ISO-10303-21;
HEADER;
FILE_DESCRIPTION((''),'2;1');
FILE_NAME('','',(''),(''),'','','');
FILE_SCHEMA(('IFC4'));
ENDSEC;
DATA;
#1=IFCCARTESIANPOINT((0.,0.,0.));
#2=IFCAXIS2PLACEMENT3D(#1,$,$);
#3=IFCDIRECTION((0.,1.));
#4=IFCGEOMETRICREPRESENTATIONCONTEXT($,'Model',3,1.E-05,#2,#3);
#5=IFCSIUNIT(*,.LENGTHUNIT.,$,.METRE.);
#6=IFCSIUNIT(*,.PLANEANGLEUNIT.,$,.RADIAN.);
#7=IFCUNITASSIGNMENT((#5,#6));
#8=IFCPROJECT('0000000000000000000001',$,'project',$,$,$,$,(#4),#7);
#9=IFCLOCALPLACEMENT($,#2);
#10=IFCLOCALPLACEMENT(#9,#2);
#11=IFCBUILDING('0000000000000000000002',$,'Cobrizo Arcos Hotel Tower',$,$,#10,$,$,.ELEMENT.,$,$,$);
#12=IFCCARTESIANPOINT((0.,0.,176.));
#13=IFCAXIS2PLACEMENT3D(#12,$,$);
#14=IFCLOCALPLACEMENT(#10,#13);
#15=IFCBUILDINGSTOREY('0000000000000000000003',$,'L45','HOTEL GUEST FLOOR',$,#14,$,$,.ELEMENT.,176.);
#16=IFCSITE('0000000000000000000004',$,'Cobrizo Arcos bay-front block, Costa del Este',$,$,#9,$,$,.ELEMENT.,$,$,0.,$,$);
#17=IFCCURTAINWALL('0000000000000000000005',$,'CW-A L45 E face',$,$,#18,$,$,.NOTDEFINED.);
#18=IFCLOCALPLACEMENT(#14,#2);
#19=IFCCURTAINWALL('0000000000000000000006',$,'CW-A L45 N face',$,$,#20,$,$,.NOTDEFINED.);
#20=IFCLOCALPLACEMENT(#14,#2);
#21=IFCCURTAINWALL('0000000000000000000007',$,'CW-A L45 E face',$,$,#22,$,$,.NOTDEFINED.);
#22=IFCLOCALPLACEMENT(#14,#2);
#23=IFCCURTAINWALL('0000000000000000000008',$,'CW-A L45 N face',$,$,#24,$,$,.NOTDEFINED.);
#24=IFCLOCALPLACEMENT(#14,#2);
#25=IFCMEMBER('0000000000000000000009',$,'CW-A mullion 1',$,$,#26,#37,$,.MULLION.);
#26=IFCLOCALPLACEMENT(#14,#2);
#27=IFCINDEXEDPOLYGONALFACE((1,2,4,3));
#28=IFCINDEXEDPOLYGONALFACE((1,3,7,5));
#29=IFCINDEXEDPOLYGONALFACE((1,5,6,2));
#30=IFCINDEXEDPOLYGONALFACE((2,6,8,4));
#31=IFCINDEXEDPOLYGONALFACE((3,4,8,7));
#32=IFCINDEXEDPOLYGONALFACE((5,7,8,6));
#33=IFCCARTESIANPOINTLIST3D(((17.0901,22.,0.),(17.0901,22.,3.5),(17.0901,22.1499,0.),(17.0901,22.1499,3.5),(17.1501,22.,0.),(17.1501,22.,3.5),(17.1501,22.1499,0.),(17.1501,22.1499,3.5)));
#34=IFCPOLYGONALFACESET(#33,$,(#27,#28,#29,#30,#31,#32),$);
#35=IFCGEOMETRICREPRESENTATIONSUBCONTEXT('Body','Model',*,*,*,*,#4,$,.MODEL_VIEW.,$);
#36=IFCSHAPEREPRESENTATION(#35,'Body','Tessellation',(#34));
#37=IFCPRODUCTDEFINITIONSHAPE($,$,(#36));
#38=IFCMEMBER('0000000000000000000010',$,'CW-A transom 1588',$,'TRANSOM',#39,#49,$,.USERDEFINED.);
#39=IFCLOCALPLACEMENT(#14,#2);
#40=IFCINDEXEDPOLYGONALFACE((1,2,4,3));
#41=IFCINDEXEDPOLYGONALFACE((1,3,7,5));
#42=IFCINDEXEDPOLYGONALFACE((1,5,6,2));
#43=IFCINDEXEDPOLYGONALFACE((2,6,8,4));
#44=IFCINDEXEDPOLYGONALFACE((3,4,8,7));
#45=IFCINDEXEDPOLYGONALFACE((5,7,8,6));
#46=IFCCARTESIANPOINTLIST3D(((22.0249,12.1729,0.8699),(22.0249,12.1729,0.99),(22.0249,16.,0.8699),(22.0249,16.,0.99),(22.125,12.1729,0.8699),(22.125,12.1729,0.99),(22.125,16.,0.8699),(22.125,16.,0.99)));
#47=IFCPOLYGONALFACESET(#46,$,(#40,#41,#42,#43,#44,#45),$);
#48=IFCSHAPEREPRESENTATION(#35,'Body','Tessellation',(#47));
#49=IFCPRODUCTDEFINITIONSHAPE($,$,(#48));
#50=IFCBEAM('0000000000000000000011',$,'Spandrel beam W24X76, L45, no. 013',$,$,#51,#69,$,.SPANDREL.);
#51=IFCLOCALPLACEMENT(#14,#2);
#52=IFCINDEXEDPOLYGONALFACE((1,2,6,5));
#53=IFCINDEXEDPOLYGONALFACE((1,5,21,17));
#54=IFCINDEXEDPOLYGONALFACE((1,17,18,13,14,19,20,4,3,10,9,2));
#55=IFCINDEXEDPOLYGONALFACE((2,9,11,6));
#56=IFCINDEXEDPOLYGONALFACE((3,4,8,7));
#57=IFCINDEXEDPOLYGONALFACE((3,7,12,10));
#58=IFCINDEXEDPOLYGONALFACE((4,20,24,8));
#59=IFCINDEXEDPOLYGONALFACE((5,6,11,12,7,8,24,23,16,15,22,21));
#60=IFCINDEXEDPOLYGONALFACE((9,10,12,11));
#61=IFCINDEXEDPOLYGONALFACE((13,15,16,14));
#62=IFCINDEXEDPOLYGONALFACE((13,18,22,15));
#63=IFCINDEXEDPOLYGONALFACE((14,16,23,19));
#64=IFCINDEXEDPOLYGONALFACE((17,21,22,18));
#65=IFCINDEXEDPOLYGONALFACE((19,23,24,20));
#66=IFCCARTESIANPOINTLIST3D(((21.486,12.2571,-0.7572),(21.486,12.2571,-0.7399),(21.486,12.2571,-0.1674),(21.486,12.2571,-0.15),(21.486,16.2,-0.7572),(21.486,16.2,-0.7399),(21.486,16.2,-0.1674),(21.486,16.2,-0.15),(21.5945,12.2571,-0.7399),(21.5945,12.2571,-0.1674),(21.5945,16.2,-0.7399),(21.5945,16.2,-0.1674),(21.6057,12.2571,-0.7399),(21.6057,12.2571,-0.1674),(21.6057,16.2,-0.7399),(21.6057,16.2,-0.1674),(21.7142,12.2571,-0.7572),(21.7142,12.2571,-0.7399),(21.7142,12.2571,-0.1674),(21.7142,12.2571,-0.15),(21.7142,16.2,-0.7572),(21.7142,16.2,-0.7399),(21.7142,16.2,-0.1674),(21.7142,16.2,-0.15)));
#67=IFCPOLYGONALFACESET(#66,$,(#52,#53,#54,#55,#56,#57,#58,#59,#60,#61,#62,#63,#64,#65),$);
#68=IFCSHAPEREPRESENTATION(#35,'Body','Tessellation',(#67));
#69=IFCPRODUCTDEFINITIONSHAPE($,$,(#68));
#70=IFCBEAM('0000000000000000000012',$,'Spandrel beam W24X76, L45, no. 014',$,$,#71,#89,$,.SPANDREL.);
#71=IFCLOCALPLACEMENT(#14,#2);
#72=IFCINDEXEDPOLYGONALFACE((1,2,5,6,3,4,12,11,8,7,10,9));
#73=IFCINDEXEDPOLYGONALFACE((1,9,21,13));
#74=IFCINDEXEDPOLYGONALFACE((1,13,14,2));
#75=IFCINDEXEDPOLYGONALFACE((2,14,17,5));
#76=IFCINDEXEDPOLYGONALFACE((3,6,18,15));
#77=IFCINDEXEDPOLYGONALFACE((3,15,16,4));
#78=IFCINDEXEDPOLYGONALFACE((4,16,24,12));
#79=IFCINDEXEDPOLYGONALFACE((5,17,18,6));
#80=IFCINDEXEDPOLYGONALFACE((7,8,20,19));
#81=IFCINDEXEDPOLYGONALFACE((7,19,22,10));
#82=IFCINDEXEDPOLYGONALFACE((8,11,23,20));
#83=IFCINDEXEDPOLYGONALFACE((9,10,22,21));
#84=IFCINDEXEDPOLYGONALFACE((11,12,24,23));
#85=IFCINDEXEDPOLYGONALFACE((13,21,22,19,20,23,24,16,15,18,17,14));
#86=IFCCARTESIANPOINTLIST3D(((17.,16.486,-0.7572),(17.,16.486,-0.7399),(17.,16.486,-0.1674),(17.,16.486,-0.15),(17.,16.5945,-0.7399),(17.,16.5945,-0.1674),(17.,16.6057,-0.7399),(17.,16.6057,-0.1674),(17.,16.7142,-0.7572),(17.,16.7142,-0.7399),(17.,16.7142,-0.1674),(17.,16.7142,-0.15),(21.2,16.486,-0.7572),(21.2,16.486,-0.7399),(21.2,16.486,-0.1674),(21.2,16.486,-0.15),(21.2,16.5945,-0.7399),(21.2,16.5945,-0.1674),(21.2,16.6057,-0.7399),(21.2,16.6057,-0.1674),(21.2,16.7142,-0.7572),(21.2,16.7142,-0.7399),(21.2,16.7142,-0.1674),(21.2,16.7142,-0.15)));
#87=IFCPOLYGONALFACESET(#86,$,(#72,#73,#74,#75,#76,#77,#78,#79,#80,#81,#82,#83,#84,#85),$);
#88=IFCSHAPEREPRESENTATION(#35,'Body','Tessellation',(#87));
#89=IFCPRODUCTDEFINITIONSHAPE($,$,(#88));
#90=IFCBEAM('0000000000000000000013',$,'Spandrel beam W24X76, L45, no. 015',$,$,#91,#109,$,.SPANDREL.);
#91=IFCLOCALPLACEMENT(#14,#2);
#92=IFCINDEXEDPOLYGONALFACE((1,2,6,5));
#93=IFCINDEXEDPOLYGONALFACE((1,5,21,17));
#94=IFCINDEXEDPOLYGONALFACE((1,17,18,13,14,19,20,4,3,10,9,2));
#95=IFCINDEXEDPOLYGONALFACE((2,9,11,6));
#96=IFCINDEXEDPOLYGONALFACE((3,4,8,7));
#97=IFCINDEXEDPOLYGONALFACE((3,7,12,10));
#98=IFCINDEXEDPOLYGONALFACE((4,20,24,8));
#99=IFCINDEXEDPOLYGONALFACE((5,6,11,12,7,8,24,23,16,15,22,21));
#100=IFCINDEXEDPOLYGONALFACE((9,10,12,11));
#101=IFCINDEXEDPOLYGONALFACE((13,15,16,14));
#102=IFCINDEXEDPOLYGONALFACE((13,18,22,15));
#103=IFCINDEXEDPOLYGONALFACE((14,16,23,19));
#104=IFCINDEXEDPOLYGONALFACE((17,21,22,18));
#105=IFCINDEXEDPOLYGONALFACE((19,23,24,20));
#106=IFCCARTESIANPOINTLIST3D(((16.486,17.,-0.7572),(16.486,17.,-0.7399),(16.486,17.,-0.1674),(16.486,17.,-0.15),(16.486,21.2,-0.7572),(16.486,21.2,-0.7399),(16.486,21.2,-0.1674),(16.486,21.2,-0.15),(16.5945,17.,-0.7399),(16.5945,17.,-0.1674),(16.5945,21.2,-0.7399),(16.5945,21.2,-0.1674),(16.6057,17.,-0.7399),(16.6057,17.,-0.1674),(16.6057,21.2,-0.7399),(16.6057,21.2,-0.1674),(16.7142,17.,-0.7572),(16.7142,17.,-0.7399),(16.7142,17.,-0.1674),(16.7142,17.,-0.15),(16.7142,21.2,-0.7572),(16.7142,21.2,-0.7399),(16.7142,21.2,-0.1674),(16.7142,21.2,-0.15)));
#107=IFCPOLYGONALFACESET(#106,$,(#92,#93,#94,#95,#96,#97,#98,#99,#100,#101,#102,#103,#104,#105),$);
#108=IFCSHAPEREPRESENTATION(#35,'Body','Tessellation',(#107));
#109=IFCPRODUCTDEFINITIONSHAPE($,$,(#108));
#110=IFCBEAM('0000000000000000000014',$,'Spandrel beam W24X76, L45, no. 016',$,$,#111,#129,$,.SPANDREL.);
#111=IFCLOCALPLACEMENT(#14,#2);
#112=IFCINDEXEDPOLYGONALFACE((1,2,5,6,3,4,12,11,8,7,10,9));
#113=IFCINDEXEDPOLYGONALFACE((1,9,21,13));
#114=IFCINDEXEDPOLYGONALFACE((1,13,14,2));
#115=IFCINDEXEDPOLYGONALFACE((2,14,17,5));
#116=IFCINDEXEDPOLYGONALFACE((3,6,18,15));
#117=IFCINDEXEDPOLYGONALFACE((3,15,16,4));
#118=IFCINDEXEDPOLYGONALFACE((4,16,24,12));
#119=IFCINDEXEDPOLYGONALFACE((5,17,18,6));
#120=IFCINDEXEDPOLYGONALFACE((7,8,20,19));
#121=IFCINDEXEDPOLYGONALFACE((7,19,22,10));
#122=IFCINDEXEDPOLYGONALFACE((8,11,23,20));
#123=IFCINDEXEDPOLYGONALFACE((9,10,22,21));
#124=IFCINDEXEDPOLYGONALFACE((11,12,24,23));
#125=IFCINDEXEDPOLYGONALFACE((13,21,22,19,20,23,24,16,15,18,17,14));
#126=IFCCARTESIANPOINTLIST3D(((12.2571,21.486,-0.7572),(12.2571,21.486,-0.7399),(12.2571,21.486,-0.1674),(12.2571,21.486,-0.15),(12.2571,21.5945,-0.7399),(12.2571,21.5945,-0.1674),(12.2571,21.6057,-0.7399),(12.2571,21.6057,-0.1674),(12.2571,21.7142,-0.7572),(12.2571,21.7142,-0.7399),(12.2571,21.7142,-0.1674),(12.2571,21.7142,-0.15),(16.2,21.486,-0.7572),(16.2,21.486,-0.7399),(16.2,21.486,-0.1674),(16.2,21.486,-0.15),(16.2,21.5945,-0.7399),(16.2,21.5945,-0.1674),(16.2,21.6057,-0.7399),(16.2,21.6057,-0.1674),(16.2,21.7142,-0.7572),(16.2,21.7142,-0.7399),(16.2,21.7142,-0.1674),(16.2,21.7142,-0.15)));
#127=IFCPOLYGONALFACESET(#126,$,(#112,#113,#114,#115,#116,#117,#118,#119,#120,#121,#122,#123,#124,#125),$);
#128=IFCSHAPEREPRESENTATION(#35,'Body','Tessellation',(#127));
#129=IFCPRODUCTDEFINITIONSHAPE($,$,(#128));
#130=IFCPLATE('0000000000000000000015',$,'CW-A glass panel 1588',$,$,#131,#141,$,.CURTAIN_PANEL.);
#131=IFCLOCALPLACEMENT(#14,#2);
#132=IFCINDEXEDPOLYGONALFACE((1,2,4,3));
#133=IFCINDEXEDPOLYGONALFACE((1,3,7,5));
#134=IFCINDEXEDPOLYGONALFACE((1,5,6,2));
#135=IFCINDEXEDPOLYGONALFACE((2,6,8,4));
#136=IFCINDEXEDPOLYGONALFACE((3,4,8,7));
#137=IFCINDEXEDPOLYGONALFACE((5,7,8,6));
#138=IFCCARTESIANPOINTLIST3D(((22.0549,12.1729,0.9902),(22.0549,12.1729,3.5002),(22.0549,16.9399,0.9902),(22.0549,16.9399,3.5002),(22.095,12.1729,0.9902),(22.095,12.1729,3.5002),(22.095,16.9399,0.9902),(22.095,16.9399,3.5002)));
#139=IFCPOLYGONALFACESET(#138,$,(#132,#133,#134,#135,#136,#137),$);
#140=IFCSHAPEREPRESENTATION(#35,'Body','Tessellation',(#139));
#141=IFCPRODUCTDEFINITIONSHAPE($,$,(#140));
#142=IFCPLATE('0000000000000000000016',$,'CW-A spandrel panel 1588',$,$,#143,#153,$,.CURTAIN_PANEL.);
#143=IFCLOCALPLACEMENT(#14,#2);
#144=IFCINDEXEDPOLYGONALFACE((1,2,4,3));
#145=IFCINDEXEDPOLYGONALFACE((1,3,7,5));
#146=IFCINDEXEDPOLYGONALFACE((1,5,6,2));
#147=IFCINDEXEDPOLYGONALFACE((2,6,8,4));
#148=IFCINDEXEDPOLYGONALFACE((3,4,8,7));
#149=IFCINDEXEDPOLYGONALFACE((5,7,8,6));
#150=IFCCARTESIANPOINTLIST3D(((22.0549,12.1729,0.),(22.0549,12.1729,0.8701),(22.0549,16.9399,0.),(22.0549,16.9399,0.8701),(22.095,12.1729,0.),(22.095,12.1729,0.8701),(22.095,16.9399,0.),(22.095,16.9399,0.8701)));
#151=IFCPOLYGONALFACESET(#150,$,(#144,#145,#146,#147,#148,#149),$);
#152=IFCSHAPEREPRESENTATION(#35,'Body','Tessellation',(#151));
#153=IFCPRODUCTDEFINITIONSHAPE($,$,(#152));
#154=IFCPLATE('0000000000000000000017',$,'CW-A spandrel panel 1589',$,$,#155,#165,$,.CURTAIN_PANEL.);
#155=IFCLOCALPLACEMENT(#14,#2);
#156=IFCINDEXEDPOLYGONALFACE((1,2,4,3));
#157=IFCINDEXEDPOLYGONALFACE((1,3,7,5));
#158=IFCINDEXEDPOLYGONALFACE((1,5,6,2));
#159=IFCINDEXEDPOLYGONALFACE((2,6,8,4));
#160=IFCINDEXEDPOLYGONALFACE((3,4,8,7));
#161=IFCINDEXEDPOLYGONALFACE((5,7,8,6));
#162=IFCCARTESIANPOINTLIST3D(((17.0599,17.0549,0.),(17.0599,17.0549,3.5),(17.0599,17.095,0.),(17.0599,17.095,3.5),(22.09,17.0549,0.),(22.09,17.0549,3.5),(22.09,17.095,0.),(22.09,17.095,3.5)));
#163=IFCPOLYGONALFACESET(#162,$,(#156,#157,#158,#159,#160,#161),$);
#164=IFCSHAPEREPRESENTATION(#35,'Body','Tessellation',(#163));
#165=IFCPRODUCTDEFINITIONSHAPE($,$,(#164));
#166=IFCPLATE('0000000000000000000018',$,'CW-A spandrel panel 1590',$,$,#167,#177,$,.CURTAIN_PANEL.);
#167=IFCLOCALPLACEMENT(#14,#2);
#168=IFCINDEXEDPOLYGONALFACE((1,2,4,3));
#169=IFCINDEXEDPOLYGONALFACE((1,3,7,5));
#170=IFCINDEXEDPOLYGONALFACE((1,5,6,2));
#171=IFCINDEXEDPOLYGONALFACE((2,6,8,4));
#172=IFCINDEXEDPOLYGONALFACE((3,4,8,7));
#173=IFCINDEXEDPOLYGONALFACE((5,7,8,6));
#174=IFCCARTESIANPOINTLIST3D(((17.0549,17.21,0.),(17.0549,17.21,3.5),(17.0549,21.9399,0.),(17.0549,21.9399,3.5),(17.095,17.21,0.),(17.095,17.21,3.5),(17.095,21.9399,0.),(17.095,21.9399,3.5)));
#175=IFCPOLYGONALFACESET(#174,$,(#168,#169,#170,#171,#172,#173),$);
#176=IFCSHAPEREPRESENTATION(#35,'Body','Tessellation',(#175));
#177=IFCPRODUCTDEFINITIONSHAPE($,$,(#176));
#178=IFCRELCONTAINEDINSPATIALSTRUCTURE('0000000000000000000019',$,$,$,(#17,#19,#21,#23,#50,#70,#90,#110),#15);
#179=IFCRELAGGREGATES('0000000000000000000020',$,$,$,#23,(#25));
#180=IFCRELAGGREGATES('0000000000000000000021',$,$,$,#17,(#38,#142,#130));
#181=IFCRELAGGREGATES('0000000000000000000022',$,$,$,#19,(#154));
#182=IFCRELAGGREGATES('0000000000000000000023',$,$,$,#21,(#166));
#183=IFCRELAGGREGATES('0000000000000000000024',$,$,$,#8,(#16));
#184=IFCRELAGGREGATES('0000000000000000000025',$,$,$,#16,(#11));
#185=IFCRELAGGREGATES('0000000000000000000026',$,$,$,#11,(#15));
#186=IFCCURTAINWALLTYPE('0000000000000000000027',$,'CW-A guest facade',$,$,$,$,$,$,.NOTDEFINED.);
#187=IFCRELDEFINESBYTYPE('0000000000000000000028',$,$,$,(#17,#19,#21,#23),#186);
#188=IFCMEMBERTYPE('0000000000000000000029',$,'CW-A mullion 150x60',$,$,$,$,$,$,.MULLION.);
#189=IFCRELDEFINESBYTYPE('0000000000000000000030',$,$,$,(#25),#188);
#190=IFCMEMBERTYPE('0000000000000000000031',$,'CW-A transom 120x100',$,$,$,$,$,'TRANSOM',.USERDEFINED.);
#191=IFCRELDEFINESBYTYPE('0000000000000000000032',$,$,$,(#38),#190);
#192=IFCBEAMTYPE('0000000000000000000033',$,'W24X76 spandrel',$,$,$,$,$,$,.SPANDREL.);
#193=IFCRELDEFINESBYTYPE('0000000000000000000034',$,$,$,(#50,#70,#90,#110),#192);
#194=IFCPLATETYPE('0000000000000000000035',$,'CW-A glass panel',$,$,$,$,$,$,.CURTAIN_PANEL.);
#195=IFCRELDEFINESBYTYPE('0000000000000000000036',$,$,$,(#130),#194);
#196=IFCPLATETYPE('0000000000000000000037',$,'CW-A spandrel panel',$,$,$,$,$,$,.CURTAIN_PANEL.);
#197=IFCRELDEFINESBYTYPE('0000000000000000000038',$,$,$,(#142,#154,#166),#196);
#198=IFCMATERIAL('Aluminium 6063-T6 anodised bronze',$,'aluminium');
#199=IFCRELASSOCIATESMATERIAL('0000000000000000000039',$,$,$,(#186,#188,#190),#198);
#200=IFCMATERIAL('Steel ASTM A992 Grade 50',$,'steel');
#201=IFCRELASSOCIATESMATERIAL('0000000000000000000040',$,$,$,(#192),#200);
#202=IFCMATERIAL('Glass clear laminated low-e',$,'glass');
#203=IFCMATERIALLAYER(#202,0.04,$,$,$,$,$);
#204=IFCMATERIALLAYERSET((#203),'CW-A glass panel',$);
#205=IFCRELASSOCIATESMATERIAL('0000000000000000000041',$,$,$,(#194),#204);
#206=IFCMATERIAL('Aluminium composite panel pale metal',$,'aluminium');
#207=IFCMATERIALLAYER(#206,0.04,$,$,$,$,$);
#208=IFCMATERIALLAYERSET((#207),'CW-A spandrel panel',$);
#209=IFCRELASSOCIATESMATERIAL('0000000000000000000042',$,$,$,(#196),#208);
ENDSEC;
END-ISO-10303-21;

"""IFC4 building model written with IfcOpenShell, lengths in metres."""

from ifc_helpers import new_model, si_unit, direction, frame, origin, origin_2d, place, context, subcontext, project, spatial, rectangle, i_section, extrude, material, layer, layer_set, material_profile, profile_set, type_object, element, aggregate, save


model = new_model("IFC4")

# Units and contexts
model_context = context("Model", 3, precision=1e-05, world=origin(), true_north=direction((0.0, 1.0)))
body_context = subcontext(model_context, "Body", "Model", "MODEL_VIEW")
ifc_project = project(units=[si_unit("LENGTHUNIT", "METRE"), si_unit("PLANEANGLEUNIT", "RADIAN")], contexts=[model_context])

# Site, building, storey
site_placement = place(None, origin())
site = spatial("IfcSite", under=ifc_project, at=site_placement, Name="Cobrizo Arcos bay-front block, Costa del Este", CompositionType="ELEMENT", RefElevation=0.0)
building_placement = place(site_placement, origin())
building = spatial("IfcBuilding", under=site, at=building_placement, Name="Cobrizo Arcos Hotel Tower", CompositionType="ELEMENT")
storey_placement = place(building_placement, frame((0.0, 0.0, 176.0)))
storey = spatial("IfcBuildingStorey", under=building, at=storey_placement, Name="L45", Description="HOTEL GUEST FLOOR", CompositionType="ELEMENT", Elevation=176.0)

# Curtain walls
ifc_material_1 = material(Name="Aluminium 6063-T6 anodised bronze", Category="aluminium")
curtain_wall_type = type_object("IfcCurtainWallType", Name="CW-A guest facade", PredefinedType="NOTDEFINED", material=ifc_material_1)
curtain_wall_1_placement = place(storey_placement, origin())
curtain_wall_1 = element("IfcCurtainWall", 1, at=curtain_wall_1_placement, inside=storey, type_object=curtain_wall_type, Name="CW-A L45 E face", PredefinedType="NOTDEFINED")
ifc_material_profile_1 = material_profile(ifc_material_1, rectangle(XDim=0.1499, YDim=0.0601, at=origin_2d()), Name="CW-A mullion 150x60")
ifc_profile_set_1 = profile_set([ifc_material_profile_1], Name="Aluminium 6063-T6 anodised bronze")
member_type_1 = type_object("IfcMemberType", Name="CW-A mullion 150x60", PredefinedType="MULLION", material=ifc_profile_set_1)
curtain_wall_2_placement = place(storey_placement, origin())
curtain_wall_2 = element("IfcCurtainWall", 2, at=curtain_wall_2_placement, inside=storey, type_object=curtain_wall_type, Name="CW-A L45 N face", PredefinedType="NOTDEFINED")
curtain_wall_3_placement = place(storey_placement, origin())
curtain_wall_3 = element("IfcCurtainWall", 3, at=curtain_wall_3_placement, inside=storey, type_object=curtain_wall_type, Name="CW-A L45 E face", PredefinedType="NOTDEFINED")

# Curtain wall, member
curtain_wall_4_placement = place(storey_placement, origin())
curtain_wall_4 = element("IfcCurtainWall", 4, at=curtain_wall_4_placement, inside=storey, type_object=curtain_wall_type, Name="CW-A L45 N face", PredefinedType="NOTDEFINED")
member_1_placement = place(storey_placement, frame((17.1201, 22.075, 0.0), z_axis=(0.0, 0.0, 1.0), x_axis=(0.0, 1.0, 0.0)))
member_1 = element("IfcMember", 5, at=member_1_placement, type_object=member_type_1, Name="CW-A mullion 1", PredefinedType="MULLION", context=body_context, shape_type="SweptSolid", body=[
    extrude(rectangle(XDim=0.1499, YDim=0.0601, at=origin_2d()), origin(), (0.0, 0.0, 1.0), 3.5),
])
aggregate(curtain_wall_4, [member_1])

# Member
ifc_material_profile_2 = material_profile(ifc_material_1, rectangle(XDim=0.1001, YDim=0.1201, at=origin_2d()), Name="CW-A transom 120x100")
ifc_profile_set_2 = profile_set([ifc_material_profile_2], Name="Aluminium 6063-T6 anodised bronze")
member_type_2 = type_object("IfcMemberType", Name="CW-A transom 120x100", ElementType="TRANSOM", PredefinedType="USERDEFINED", material=ifc_profile_set_2)
member_2_placement = place(storey_placement, frame((22.075, 12.1729, 0.9299), z_axis=(0.0, 1.0, 0.0), x_axis=(-1.0, 0.0, 0.0)))
member_2 = element("IfcMember", 6, at=member_2_placement, type_object=member_type_2, Name="CW-A transom 1588", ObjectType="TRANSOM", PredefinedType="USERDEFINED", context=body_context, shape_type="SweptSolid", body=[
    extrude(rectangle(XDim=0.1001, YDim=0.1201, at=origin_2d()), origin(), (0.0, 0.0, 1.0), 3.8271),
])

# Beams
ifc_material_2 = material(Name="Steel ASTM A992 Grade 50", Category="steel")
ifc_material_profile_3 = material_profile(ifc_material_2, i_section(OverallWidth=0.2283, OverallDepth=0.6072, WebThickness=0.0112, FlangeThickness=0.0173, at=origin_2d()), Name="W24X76")
ifc_profile_set_3 = profile_set([ifc_material_profile_3], Name="Steel ASTM A992 Grade 50")
beam_type_1 = type_object("IfcBeamType", Name="W24X76 spandrel", PredefinedType="SPANDREL", material=ifc_profile_set_3)
beam_1_placement = place(storey_placement, frame((21.6001, 12.2571, -0.4536), z_axis=(0.0, 1.0, 0.0), x_axis=(-1.0, 0.0, 0.0)))
element("IfcBeam", 7, at=beam_1_placement, inside=storey, type_object=beam_type_1, Name="Spandrel beam W24X76, L45, no. 013", PredefinedType="SPANDREL", context=body_context, shape_type="SweptSolid", body=[
    extrude(i_section(OverallWidth=0.2283, OverallDepth=0.6072, WebThickness=0.0112, FlangeThickness=0.0173, at=origin_2d()), origin(), (0.0, 0.0, 1.0), 3.9429),
])
for number, where, z_axis, x_axis, name in (
    (8, (21.2, 16.6001, -0.4536), (-1.0, 0.0, 0.0), (0.0, -1.0, 0.0), "Spandrel beam W24X76, L45, no. 014"),
    (9, (16.6001, 17.0, -0.4536), (0.0, 1.0, 0.0), (-1.0, 0.0, 0.0), "Spandrel beam W24X76, L45, no. 015"),
):
    element("IfcBeam", number, at=place(storey_placement, frame(where, z_axis=z_axis, x_axis=x_axis)), inside=storey, type_object=beam_type_1, Name=name, PredefinedType="SPANDREL", context=body_context, shape_type="SweptSolid", body=[
        extrude(i_section(OverallWidth=0.2283, OverallDepth=0.6072, WebThickness=0.0112, FlangeThickness=0.0173, at=origin_2d()), origin(), (0.0, 0.0, 1.0), 4.2),
    ])
beam_2_placement = place(storey_placement, frame((16.2, 21.6001, -0.4536), z_axis=(-1.0, 0.0, 0.0), x_axis=(0.0, -1.0, 0.0)))
element("IfcBeam", 10, at=beam_2_placement, inside=storey, type_object=beam_type_1, Name="Spandrel beam W24X76, L45, no. 016", PredefinedType="SPANDREL", context=body_context, shape_type="SweptSolid", body=[
    extrude(i_section(OverallWidth=0.2283, OverallDepth=0.6072, WebThickness=0.0112, FlangeThickness=0.0173, at=origin_2d()), origin(), (0.0, 0.0, 1.0), 3.9429),
])

# Plates
ifc_material_3 = material(Name="Glass clear laminated low-e", Category="glass")
ifc_layer_1 = layer(ifc_material_3, 0.04)
ifc_layer_set_1 = layer_set([ifc_layer_1], Name="CW-A glass panel")
plate_type_1 = type_object("IfcPlateType", Name="CW-A glass panel", PredefinedType="CURTAIN_PANEL", material=ifc_layer_set_1)
plate_1_placement = place(storey_placement, frame((22.075, 14.5564, 0.9902), z_axis=(0.0, 0.0, 1.0), x_axis=(0.0, 1.0, 0.0)))
plate_1 = element("IfcPlate", 11, at=plate_1_placement, type_object=plate_type_1, Name="CW-A glass panel 1588", PredefinedType="CURTAIN_PANEL", context=body_context, shape_type="SweptSolid", body=[
    extrude(rectangle(XDim=4.7671, YDim=0.04, at=origin_2d()), origin(), (0.0, 0.0, 1.0), 2.51),
])
ifc_material_4 = material(Name="Aluminium composite panel pale metal", Category="aluminium")
ifc_layer_2 = layer(ifc_material_4, 0.04)
ifc_layer_set_2 = layer_set([ifc_layer_2], Name="CW-A spandrel panel")
plate_type_2 = type_object("IfcPlateType", Name="CW-A spandrel panel", PredefinedType="CURTAIN_PANEL", material=ifc_layer_set_2)
plate_2_placement = place(storey_placement, frame((22.075, 14.5564, 0.0), z_axis=(0.0, 0.0, 1.0), x_axis=(0.0, 1.0, 0.0)))
plate_2 = element("IfcPlate", 12, at=plate_2_placement, type_object=plate_type_2, Name="CW-A spandrel panel 1588", PredefinedType="CURTAIN_PANEL", context=body_context, shape_type="SweptSolid", body=[
    extrude(rectangle(XDim=4.7671, YDim=0.04, at=origin_2d()), origin(), (0.0, 0.0, 1.0), 0.8701),
])
aggregate(curtain_wall_1, [member_2, plate_2, plate_1])
plate_3_placement = place(storey_placement, frame((19.575, 17.075, 0.0), z_axis=(0.0, 0.0, 1.0), x_axis=(-1.0, 0.0, 0.0)))
plate_3 = element("IfcPlate", 13, at=plate_3_placement, type_object=plate_type_2, Name="CW-A spandrel panel 1589", PredefinedType="CURTAIN_PANEL", context=body_context, shape_type="SweptSolid", body=[
    extrude(rectangle(XDim=5.03, YDim=0.04, at=origin_2d()), origin(), (0.0, 0.0, 1.0), 3.5),
])
aggregate(curtain_wall_2, [plate_3])
plate_4_placement = place(storey_placement, frame((17.075, 19.575, 0.0), z_axis=(0.0, 0.0, 1.0), x_axis=(0.0, 1.0, 0.0)))
plate_4 = element("IfcPlate", 14, at=plate_4_placement, type_object=plate_type_2, Name="CW-A spandrel panel 1590", PredefinedType="CURTAIN_PANEL", context=body_context, shape_type="SweptSolid", body=[
    extrude(rectangle(XDim=4.73, YDim=0.04, at=origin_2d()), origin(), (0.0, 0.0, 1.0), 3.5),
])
aggregate(curtain_wall_3, [plate_4])

save(model, "model.ifc")
